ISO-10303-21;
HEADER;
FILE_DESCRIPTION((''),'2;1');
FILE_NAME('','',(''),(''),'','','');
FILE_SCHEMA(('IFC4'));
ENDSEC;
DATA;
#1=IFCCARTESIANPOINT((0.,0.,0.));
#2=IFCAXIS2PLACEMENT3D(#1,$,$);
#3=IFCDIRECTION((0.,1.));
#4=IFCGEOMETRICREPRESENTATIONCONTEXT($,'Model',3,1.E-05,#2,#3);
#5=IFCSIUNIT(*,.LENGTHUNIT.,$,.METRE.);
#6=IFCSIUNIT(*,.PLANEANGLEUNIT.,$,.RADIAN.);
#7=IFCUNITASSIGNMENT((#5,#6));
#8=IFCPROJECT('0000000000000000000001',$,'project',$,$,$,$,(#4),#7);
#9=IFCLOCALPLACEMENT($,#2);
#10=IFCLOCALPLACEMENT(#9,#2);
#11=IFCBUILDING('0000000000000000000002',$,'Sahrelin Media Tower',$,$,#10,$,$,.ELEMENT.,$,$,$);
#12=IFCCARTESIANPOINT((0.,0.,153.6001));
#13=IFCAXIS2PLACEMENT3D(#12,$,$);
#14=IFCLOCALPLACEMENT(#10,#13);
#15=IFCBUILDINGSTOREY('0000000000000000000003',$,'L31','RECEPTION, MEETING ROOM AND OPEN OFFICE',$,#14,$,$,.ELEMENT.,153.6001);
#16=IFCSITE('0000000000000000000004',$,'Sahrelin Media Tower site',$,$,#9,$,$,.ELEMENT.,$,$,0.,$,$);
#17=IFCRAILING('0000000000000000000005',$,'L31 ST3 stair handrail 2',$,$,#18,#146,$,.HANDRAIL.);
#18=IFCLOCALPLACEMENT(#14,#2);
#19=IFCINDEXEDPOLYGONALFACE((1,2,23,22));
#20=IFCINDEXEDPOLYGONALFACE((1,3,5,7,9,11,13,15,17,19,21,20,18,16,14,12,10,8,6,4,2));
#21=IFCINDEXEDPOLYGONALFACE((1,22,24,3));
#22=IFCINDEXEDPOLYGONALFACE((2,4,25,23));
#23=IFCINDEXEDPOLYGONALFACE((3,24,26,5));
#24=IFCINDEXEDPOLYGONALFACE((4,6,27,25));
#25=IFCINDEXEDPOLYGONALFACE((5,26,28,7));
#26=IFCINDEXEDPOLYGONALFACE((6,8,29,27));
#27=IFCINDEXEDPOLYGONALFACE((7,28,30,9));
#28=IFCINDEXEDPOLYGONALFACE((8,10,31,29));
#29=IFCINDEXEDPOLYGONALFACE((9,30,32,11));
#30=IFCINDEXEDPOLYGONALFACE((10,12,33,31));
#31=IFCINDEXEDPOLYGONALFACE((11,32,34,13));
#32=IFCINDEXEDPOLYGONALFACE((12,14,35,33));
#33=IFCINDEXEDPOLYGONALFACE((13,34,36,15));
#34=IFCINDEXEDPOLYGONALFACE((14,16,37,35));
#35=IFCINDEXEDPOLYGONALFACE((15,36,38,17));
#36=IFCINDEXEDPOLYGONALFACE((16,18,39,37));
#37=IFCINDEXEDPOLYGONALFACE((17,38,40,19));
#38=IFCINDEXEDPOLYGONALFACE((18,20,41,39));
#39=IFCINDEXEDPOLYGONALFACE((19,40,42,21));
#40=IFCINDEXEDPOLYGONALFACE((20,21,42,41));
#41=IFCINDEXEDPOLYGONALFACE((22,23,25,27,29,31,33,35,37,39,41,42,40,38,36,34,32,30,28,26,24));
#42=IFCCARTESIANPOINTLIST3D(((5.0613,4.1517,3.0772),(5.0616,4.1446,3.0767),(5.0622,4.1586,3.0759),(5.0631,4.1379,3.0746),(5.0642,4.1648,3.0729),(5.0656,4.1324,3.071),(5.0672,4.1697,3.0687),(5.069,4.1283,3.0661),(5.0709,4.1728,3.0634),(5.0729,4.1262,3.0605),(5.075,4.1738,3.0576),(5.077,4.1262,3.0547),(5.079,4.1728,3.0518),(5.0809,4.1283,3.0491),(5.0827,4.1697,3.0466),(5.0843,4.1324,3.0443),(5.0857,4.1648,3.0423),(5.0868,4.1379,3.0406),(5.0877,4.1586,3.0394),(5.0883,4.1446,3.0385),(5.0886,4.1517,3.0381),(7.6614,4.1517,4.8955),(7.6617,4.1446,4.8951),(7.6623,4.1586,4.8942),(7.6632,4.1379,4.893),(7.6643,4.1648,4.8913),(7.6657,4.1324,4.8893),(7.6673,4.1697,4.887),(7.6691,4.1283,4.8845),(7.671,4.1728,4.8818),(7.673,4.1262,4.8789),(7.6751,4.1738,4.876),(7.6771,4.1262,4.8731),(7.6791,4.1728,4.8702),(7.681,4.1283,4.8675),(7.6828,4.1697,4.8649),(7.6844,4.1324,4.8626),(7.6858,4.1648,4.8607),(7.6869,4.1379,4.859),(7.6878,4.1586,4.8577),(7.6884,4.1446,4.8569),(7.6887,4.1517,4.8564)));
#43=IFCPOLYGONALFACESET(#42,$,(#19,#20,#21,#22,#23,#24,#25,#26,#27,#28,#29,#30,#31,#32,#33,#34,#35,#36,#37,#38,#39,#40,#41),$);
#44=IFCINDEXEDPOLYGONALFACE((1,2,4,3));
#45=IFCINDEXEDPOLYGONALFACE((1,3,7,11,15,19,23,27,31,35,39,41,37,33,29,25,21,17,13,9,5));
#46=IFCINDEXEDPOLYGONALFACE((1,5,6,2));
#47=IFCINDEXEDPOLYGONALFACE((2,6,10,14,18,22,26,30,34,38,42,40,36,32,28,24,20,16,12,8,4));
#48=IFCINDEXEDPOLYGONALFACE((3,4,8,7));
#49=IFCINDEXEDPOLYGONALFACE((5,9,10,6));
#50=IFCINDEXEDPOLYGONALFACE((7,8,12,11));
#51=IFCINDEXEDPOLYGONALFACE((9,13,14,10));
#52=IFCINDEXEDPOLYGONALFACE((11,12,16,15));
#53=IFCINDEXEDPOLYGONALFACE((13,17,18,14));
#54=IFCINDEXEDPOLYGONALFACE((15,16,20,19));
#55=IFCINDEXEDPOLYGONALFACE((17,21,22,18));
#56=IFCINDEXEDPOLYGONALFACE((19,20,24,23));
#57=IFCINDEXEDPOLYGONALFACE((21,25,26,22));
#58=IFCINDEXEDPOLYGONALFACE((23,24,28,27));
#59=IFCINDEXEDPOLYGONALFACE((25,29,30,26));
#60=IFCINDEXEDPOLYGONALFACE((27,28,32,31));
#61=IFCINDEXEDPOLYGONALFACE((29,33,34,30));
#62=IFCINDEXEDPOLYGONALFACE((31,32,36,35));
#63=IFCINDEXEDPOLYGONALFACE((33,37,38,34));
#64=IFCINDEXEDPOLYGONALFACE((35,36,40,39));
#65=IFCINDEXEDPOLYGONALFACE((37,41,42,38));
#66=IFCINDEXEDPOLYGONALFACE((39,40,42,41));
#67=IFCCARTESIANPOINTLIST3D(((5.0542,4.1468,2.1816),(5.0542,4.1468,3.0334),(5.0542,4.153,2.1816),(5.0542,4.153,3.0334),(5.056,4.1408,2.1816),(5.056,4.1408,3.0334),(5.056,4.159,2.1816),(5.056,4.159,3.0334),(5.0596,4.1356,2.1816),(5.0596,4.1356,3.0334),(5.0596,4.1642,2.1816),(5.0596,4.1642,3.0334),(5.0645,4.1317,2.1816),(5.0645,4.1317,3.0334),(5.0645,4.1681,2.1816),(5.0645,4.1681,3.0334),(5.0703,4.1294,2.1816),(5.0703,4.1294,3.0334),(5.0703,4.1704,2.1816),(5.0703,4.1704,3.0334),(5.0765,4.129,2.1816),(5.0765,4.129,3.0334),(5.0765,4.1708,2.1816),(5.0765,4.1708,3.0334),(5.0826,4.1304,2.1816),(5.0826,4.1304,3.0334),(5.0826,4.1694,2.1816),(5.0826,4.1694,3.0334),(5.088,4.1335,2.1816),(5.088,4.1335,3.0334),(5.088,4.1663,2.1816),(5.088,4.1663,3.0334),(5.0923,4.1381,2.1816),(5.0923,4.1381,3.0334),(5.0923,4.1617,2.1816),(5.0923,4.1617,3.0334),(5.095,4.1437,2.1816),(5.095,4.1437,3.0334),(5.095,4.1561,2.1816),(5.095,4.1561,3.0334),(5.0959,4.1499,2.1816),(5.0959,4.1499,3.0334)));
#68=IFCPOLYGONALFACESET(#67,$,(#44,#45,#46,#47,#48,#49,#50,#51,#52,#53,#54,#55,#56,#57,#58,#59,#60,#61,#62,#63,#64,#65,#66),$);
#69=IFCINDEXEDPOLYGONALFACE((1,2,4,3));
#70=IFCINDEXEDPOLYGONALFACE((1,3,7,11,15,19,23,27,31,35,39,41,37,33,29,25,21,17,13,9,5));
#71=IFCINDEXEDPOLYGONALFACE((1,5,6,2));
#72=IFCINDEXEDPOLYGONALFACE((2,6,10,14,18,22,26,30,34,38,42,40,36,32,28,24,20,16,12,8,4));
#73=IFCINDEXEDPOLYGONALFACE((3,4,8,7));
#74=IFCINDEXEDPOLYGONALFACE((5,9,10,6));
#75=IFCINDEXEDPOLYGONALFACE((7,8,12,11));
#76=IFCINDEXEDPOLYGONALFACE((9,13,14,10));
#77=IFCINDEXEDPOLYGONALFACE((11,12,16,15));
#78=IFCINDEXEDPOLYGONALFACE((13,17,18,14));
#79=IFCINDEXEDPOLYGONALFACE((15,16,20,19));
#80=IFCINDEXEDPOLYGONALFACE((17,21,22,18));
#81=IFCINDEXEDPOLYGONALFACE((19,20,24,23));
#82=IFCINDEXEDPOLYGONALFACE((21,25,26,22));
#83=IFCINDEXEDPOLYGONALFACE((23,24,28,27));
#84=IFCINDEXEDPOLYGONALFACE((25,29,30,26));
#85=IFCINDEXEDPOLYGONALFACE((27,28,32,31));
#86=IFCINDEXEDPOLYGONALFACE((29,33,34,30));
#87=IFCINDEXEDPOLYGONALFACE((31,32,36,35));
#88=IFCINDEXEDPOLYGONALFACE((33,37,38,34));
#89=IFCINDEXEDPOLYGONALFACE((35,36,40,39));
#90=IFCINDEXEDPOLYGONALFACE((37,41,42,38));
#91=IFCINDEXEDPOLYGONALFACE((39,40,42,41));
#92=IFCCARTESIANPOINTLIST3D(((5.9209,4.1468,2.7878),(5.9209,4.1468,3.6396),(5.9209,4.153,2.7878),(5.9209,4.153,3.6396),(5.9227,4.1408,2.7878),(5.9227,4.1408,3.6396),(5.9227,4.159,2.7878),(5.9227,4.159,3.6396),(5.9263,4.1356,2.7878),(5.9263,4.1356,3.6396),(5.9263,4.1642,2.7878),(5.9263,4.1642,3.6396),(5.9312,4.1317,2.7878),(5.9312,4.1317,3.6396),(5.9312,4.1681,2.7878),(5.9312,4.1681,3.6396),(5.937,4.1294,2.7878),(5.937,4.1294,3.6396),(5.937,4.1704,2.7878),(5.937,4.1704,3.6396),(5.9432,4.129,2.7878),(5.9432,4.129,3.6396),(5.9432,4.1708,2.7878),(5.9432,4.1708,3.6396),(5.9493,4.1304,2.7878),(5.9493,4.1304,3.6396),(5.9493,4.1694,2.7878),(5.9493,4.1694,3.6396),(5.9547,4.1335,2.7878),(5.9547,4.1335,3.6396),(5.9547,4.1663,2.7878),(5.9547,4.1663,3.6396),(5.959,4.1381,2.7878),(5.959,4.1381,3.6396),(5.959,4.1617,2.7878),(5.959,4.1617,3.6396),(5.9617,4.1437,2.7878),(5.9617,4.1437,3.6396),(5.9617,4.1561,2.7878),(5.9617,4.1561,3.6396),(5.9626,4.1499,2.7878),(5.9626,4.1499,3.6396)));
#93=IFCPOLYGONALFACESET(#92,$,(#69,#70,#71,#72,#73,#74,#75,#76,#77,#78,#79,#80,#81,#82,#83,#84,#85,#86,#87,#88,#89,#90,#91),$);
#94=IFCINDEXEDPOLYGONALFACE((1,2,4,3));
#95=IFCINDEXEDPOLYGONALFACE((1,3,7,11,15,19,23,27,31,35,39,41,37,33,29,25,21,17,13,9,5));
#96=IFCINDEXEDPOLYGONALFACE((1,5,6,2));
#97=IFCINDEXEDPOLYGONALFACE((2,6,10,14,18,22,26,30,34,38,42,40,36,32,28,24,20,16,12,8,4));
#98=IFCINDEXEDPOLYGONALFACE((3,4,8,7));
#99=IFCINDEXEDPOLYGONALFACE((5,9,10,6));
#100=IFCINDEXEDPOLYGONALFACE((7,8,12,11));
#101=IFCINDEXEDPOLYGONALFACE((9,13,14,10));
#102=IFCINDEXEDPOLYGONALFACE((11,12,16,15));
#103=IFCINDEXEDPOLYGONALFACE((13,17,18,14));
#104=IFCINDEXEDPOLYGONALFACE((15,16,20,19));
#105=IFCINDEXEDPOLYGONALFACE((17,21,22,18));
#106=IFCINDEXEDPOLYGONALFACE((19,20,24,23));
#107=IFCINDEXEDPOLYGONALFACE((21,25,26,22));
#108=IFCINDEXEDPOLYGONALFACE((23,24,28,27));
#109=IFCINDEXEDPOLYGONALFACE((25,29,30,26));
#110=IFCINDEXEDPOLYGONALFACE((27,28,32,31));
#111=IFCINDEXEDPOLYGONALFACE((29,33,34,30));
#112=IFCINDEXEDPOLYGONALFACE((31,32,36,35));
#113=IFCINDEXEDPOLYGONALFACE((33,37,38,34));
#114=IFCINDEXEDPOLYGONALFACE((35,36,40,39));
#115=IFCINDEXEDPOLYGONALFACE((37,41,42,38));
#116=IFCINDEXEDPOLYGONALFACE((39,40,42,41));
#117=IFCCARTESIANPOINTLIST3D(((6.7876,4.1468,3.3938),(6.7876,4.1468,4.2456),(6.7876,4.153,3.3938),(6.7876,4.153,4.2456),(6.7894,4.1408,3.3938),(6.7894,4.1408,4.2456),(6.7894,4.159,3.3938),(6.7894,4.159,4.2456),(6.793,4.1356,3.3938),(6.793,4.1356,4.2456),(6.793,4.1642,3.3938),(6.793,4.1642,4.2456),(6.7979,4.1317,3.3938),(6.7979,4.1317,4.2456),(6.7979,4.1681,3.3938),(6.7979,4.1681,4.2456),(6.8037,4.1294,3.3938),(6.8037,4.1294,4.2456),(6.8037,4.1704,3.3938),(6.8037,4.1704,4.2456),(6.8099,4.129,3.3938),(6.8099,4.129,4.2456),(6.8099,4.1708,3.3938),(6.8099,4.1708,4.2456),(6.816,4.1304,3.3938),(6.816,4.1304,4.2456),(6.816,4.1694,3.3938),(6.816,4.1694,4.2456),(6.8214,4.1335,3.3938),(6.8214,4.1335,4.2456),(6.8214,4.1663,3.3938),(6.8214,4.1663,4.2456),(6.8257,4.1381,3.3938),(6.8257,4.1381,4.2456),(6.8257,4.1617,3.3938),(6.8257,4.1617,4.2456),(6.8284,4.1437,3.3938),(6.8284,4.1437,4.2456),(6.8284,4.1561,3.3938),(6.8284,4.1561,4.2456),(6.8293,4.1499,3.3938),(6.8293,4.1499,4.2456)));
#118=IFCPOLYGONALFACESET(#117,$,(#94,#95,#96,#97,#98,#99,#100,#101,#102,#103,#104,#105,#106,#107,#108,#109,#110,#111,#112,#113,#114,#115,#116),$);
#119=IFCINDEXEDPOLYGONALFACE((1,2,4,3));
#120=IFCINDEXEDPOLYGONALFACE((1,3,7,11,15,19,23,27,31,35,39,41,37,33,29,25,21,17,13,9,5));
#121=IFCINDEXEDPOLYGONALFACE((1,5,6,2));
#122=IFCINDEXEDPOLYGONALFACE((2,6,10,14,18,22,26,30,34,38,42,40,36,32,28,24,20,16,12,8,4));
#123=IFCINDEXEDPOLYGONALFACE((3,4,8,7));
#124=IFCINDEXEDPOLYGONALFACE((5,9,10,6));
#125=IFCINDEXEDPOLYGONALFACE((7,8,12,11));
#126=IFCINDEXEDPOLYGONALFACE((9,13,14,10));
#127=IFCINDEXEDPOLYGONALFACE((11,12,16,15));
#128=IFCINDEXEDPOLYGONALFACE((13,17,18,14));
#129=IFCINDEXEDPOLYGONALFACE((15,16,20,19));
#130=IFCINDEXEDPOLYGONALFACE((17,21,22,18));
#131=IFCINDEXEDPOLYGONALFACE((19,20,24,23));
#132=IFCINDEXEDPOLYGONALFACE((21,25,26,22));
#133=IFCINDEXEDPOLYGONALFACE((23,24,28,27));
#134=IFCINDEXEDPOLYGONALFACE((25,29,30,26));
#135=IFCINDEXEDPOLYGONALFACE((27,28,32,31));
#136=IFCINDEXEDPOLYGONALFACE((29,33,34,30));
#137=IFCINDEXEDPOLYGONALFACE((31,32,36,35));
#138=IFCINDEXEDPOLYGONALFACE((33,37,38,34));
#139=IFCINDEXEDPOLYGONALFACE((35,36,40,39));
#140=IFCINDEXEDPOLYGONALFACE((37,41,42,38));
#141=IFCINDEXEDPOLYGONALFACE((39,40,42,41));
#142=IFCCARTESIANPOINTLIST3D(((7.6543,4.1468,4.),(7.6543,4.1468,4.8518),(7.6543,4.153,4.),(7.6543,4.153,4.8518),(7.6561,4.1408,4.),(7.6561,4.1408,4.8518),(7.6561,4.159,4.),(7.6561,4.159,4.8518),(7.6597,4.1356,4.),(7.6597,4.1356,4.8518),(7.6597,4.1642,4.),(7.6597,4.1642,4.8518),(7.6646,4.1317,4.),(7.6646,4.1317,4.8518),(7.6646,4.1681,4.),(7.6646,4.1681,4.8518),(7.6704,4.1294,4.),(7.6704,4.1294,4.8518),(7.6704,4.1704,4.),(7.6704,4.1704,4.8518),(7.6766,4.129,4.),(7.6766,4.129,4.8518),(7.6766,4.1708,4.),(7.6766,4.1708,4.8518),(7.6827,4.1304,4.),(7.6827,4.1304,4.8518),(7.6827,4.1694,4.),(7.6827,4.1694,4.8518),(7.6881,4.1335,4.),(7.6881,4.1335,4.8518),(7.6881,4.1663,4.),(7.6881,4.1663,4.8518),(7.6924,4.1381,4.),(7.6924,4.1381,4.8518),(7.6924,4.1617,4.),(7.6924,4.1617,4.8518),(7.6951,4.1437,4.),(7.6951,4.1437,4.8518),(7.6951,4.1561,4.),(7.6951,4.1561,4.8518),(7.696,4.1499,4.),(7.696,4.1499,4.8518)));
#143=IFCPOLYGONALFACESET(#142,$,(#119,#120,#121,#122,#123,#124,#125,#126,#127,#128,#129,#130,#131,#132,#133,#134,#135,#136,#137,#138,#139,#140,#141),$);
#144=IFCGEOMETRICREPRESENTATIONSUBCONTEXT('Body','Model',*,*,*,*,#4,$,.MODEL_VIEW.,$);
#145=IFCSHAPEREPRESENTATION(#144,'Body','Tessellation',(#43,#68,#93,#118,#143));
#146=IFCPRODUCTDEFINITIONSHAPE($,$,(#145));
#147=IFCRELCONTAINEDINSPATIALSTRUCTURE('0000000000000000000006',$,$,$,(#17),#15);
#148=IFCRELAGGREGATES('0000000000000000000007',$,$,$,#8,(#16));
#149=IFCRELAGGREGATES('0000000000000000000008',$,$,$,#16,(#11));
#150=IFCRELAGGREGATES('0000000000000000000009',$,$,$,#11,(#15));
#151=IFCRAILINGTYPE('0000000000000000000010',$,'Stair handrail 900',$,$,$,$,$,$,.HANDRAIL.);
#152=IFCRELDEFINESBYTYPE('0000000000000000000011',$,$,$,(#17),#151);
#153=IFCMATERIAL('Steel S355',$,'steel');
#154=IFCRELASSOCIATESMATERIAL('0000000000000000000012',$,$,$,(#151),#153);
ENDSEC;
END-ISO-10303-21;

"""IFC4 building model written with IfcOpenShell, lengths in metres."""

from ifc_helpers import new_model, si_unit, direction, frame, origin, origin_2d, place, context, subcontext, project, spatial, circle, extrude, material, type_object, element, save


model = new_model("IFC4")

# Units and contexts
model_context = context("Model", 3, precision=1e-05, world=origin(), true_north=direction((0.0, 1.0)))
body_context = subcontext(model_context, "Body", "Model", "MODEL_VIEW")
ifc_project = project(units=[si_unit("LENGTHUNIT", "METRE"), si_unit("PLANEANGLEUNIT", "RADIAN")], contexts=[model_context])

# Site, building, storey
site_placement = place(None, origin())
site = spatial("IfcSite", under=ifc_project, at=site_placement, Name="Sahrelin Media Tower site", CompositionType="ELEMENT", RefElevation=0.0)
building_placement = place(site_placement, origin())
building = spatial("IfcBuilding", under=site, at=building_placement, Name="Sahrelin Media Tower", CompositionType="ELEMENT")
storey_placement = place(building_placement, frame((0.0, 0.0, 153.6001)))
storey = spatial("IfcBuildingStorey", under=building, at=storey_placement, Name="L31", Description="RECEPTION, MEETING ROOM AND OPEN OFFICE", CompositionType="ELEMENT", Elevation=153.6001)

# Shared definitions
ifc_material_1 = material(Name="Steel S355", Category="steel")

# Railing
railing_type_1 = type_object("IfcRailingType", Name="Stair handrail 900", PredefinedType="HANDRAIL", material=ifc_material_1)
railing_1_placement = place(storey_placement, frame((5.075, 4.1499, 2.1816)))
element("IfcRailing", 1, at=railing_1_placement, inside=storey, type_object=railing_type_1, Name="L31 ST3 stair handrail 2", PredefinedType="HANDRAIL", context=body_context, shape_type="SweptSolid", body=[
    extrude(circle(Radius=0.0239, at=origin_2d()), frame((0.0, 0.0, 0.876), z_axis=(0.819485, 0.0, 0.573101), x_axis=(0.0, 1.0, 0.0)), (0.0, 0.0, 1.0), 3.1729),
    extrude(circle(Radius=0.021, at=origin_2d()), origin(), (0.0, 0.0, 1.0), 0.8518),
    extrude(circle(Radius=0.021, at=origin_2d()), frame((0.8667, 0.0, 0.6062)), (0.0, 0.0, 1.0), 0.8518),
    extrude(circle(Radius=0.021, at=origin_2d()), frame((1.7334, 0.0, 1.2122)), (0.0, 0.0, 1.0), 0.8518),
    extrude(circle(Radius=0.021, at=origin_2d()), frame((2.6001, 0.0, 1.8184)), (0.0, 0.0, 1.0), 0.8518),
])

save(model, "model.ifc")
